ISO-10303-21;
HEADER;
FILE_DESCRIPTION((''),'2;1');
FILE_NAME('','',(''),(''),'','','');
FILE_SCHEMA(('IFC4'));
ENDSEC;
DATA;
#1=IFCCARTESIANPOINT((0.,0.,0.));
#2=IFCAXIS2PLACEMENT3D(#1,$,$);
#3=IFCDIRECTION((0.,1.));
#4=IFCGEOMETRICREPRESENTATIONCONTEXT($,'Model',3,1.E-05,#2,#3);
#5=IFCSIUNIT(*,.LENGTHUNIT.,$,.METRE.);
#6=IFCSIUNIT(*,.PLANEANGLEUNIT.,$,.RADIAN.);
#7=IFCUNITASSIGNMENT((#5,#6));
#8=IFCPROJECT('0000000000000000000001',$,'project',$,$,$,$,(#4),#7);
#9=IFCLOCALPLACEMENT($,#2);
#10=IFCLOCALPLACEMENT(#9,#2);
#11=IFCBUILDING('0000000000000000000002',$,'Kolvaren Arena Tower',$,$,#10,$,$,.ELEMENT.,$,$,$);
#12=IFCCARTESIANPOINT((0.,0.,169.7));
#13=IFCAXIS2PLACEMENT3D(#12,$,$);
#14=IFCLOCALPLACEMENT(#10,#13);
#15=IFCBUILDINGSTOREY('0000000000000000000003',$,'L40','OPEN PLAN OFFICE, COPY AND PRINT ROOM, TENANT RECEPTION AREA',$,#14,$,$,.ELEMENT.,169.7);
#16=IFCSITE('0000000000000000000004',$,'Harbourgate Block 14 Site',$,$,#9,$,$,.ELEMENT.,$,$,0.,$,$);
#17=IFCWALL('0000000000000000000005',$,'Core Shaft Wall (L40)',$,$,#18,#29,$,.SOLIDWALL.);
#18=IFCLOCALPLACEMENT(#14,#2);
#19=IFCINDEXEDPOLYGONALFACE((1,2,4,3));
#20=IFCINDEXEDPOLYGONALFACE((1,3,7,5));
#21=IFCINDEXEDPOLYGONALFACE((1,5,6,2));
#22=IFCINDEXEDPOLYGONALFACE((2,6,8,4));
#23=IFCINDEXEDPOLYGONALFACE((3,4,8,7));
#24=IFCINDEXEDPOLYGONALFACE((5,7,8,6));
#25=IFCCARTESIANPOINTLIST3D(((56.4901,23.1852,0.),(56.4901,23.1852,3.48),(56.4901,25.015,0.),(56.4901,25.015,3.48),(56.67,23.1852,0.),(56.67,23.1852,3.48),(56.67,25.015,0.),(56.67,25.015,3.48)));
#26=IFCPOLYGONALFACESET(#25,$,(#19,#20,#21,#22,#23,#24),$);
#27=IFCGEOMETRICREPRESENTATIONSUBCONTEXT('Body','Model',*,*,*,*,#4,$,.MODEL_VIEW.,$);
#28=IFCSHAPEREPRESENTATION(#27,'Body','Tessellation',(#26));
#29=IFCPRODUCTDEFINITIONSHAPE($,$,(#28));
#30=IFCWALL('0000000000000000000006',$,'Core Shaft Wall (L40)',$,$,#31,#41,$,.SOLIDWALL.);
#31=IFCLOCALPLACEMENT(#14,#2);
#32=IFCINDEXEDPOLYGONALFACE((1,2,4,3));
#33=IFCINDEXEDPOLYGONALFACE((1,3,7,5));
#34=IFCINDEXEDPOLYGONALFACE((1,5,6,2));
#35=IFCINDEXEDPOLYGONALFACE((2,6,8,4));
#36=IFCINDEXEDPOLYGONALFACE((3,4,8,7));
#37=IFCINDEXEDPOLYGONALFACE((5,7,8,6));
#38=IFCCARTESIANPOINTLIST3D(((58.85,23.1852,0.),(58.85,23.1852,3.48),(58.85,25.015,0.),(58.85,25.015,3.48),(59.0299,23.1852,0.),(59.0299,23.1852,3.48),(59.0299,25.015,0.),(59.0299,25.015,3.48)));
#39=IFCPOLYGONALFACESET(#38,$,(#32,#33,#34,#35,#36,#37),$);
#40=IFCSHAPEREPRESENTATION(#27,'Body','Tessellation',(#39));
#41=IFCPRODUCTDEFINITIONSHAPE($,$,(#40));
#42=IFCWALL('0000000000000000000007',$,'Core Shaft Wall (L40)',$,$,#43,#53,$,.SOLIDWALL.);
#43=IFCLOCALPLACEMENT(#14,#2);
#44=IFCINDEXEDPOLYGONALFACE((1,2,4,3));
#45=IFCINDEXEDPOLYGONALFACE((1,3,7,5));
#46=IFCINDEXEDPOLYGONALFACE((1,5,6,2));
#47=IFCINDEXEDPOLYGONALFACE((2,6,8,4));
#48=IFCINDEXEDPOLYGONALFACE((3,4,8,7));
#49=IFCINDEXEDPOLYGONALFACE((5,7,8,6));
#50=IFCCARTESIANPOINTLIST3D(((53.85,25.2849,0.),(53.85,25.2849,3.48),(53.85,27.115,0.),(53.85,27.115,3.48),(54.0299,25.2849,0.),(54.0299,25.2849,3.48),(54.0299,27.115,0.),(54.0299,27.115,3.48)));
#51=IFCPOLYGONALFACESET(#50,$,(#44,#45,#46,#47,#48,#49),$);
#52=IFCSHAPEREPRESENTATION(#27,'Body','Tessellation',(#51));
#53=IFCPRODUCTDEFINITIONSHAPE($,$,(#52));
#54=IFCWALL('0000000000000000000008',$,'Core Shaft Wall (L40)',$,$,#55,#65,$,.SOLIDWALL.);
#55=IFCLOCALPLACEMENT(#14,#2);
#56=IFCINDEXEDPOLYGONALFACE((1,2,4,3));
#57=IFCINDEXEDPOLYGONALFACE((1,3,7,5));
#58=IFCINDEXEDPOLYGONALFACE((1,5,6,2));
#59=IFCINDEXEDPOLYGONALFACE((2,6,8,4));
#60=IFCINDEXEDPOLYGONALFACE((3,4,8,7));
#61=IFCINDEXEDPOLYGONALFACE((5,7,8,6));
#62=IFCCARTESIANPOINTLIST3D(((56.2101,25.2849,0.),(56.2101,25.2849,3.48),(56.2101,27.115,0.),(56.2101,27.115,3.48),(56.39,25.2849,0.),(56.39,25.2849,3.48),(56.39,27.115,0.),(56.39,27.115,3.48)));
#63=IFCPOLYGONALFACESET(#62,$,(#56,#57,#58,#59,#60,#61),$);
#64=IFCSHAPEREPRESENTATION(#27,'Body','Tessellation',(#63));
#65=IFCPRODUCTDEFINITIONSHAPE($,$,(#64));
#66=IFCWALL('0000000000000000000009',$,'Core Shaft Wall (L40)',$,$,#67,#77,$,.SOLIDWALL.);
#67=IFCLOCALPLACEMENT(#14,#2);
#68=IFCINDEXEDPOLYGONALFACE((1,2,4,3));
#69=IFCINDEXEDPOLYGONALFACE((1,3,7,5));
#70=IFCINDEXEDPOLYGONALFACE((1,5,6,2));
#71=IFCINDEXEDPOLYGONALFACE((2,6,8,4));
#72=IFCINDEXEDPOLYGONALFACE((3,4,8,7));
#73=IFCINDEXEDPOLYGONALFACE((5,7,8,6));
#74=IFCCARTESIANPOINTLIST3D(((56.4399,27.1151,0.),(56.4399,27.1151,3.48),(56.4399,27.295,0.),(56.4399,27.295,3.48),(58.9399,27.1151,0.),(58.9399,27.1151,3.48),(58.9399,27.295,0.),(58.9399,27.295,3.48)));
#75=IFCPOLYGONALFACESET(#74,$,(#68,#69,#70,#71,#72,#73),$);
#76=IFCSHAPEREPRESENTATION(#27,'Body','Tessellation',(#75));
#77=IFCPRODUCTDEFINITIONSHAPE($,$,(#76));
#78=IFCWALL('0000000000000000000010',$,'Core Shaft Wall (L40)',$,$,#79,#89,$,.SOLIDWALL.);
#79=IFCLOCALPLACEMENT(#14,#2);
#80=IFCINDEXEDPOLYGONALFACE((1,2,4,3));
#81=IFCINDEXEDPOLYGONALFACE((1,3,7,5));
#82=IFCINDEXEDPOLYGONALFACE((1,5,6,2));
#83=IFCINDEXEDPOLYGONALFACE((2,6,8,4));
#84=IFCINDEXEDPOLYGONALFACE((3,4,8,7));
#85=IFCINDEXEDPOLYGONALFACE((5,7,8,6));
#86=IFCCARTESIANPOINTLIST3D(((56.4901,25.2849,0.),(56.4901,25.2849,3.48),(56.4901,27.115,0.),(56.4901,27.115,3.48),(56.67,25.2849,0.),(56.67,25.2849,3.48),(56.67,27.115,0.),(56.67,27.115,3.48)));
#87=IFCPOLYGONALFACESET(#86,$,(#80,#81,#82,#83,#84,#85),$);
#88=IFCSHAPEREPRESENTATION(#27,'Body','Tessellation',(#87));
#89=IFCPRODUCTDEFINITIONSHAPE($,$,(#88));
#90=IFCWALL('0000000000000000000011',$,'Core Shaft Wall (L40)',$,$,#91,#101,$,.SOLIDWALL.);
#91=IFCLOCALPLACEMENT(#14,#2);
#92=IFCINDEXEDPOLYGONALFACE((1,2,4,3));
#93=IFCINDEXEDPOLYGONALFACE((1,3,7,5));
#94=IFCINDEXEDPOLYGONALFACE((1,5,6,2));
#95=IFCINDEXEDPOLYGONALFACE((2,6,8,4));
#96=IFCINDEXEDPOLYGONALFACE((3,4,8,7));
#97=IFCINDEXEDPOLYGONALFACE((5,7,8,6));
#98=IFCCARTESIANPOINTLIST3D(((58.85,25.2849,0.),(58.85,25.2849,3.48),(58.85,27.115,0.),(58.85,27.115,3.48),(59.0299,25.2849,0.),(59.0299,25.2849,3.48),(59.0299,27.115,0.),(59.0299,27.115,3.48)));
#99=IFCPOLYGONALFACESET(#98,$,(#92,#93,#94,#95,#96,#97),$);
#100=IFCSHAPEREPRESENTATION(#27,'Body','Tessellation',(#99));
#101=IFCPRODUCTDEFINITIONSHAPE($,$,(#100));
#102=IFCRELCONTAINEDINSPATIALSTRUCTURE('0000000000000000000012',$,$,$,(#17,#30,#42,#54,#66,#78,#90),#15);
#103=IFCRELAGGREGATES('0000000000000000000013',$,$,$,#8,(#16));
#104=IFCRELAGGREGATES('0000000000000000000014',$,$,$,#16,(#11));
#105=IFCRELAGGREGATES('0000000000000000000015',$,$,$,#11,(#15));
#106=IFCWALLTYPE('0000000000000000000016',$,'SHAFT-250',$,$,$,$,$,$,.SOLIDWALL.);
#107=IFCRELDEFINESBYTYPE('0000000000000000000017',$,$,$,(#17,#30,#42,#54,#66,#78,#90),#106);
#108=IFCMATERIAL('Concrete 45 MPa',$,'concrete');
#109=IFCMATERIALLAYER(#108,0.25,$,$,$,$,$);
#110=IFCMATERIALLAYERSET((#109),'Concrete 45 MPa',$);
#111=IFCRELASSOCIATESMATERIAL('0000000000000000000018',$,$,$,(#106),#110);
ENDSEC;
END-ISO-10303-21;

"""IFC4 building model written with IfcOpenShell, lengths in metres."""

from ifc_helpers import new_model, si_unit, direction, frame, frame_2d, origin, place, context, subcontext, project, spatial, rectangle, extrude, material, layer, layer_set, type_object, element, save


model = new_model("IFC4")

# Units and contexts
model_context = context("Model", 3, precision=1e-05, world=origin(), true_north=direction((0.0, 1.0)))
body_context = subcontext(model_context, "Body", "Model", "MODEL_VIEW")
ifc_project = project(units=[si_unit("LENGTHUNIT", "METRE"), si_unit("PLANEANGLEUNIT", "RADIAN")], contexts=[model_context])

# Site, building, storey
site_placement = place(None, origin())
site = spatial("IfcSite", under=ifc_project, at=site_placement, Name="Harbourgate Block 14 Site", CompositionType="ELEMENT", RefElevation=0.0)
building_placement = place(site_placement, origin())
building = spatial("IfcBuilding", under=site, at=building_placement, Name="Kolvaren Arena Tower", CompositionType="ELEMENT")
storey_placement = place(building_placement, frame((0.0, 0.0, 169.7)))
storey = spatial("IfcBuildingStorey", under=building, at=storey_placement, Name="L40", Description="OPEN PLAN OFFICE, COPY AND PRINT ROOM, TENANT RECEPTION AREA", CompositionType="ELEMENT", Elevation=169.7)

# Walls
ifc_material_1 = material(Name="Concrete 45 MPa", Category="concrete")
ifc_layer_1 = layer(ifc_material_1, 0.25)
ifc_layer_set_1 = layer_set([ifc_layer_1], Name="Concrete 45 MPa")
wall_type_1 = type_object("IfcWallType", Name="SHAFT-250", PredefinedType="SOLIDWALL", material=ifc_layer_set_1)
for number, where, z_axis, x_axis, name in (
    (1, (56.5801, 23.1851, 0.0), (0.0, 0.0, 1.0), (0.0, 1.0, 0.0), "Core Shaft Wall (L40)"),
    (2, (58.9399, 23.1851, 0.0), (0.0, 0.0, 1.0), (0.0, 1.0, 0.0), "Core Shaft Wall (L40)"),
):
    element("IfcWall", number, at=place(storey_placement, frame(where, z_axis=z_axis, x_axis=x_axis)), inside=storey, type_object=wall_type_1, Name=name, PredefinedType="SOLIDWALL", context=body_context, shape_type="SweptSolid", body=[
        extrude(rectangle(XDim=1.8298, YDim=0.1799, at=frame_2d((0.915, 0.0))), origin(), (0.0, 0.0, 1.0), 3.48),
    ])
for number, where, z_axis, x_axis, name in (
    (3, (53.9399, 25.2849, 0.0), (0.0, 0.0, 1.0), (0.0, 1.0, 0.0), "Core Shaft Wall (L40)"),
    (4, (56.3, 25.2849, 0.0), (0.0, 0.0, 1.0), (0.0, 1.0, 0.0), "Core Shaft Wall (L40)"),
):
    element("IfcWall", number, at=place(storey_placement, frame(where, z_axis=z_axis, x_axis=x_axis)), inside=storey, type_object=wall_type_1, Name=name, PredefinedType="SOLIDWALL", context=body_context, shape_type="SweptSolid", body=[
        extrude(rectangle(XDim=1.8301, YDim=0.1799, at=frame_2d((0.915, 0.0))), origin(), (0.0, 0.0, 1.0), 3.48),
    ])
wall_1_placement = place(storey_placement, frame((56.4399, 27.2051, 0.0), z_axis=(0.0, 0.0, 1.0), x_axis=(1.0, 0.0, 0.0)))
element("IfcWall", 5, at=wall_1_placement, inside=storey, type_object=wall_type_1, Name="Core Shaft Wall (L40)", PredefinedType="SOLIDWALL", context=body_context, shape_type="SweptSolid", body=[
    extrude(rectangle(XDim=2.5, YDim=0.1799, at=frame_2d((1.25, 0.0))), origin(), (0.0, 0.0, 1.0), 3.48),
])
for number, where, z_axis, x_axis, name in (
    (6, (56.5801, 25.2849, 0.0), (0.0, 0.0, 1.0), (0.0, 1.0, 0.0), "Core Shaft Wall (L40)"),
    (7, (58.9399, 25.2849, 0.0), (0.0, 0.0, 1.0), (0.0, 1.0, 0.0), "Core Shaft Wall (L40)"),
):
    element("IfcWall", number, at=place(storey_placement, frame(where, z_axis=z_axis, x_axis=x_axis)), inside=storey, type_object=wall_type_1, Name=name, PredefinedType="SOLIDWALL", context=body_context, shape_type="SweptSolid", body=[
        extrude(rectangle(XDim=1.8301, YDim=0.1799, at=frame_2d((0.915, 0.0))), origin(), (0.0, 0.0, 1.0), 3.48),
    ])

save(model, "model.ifc")
